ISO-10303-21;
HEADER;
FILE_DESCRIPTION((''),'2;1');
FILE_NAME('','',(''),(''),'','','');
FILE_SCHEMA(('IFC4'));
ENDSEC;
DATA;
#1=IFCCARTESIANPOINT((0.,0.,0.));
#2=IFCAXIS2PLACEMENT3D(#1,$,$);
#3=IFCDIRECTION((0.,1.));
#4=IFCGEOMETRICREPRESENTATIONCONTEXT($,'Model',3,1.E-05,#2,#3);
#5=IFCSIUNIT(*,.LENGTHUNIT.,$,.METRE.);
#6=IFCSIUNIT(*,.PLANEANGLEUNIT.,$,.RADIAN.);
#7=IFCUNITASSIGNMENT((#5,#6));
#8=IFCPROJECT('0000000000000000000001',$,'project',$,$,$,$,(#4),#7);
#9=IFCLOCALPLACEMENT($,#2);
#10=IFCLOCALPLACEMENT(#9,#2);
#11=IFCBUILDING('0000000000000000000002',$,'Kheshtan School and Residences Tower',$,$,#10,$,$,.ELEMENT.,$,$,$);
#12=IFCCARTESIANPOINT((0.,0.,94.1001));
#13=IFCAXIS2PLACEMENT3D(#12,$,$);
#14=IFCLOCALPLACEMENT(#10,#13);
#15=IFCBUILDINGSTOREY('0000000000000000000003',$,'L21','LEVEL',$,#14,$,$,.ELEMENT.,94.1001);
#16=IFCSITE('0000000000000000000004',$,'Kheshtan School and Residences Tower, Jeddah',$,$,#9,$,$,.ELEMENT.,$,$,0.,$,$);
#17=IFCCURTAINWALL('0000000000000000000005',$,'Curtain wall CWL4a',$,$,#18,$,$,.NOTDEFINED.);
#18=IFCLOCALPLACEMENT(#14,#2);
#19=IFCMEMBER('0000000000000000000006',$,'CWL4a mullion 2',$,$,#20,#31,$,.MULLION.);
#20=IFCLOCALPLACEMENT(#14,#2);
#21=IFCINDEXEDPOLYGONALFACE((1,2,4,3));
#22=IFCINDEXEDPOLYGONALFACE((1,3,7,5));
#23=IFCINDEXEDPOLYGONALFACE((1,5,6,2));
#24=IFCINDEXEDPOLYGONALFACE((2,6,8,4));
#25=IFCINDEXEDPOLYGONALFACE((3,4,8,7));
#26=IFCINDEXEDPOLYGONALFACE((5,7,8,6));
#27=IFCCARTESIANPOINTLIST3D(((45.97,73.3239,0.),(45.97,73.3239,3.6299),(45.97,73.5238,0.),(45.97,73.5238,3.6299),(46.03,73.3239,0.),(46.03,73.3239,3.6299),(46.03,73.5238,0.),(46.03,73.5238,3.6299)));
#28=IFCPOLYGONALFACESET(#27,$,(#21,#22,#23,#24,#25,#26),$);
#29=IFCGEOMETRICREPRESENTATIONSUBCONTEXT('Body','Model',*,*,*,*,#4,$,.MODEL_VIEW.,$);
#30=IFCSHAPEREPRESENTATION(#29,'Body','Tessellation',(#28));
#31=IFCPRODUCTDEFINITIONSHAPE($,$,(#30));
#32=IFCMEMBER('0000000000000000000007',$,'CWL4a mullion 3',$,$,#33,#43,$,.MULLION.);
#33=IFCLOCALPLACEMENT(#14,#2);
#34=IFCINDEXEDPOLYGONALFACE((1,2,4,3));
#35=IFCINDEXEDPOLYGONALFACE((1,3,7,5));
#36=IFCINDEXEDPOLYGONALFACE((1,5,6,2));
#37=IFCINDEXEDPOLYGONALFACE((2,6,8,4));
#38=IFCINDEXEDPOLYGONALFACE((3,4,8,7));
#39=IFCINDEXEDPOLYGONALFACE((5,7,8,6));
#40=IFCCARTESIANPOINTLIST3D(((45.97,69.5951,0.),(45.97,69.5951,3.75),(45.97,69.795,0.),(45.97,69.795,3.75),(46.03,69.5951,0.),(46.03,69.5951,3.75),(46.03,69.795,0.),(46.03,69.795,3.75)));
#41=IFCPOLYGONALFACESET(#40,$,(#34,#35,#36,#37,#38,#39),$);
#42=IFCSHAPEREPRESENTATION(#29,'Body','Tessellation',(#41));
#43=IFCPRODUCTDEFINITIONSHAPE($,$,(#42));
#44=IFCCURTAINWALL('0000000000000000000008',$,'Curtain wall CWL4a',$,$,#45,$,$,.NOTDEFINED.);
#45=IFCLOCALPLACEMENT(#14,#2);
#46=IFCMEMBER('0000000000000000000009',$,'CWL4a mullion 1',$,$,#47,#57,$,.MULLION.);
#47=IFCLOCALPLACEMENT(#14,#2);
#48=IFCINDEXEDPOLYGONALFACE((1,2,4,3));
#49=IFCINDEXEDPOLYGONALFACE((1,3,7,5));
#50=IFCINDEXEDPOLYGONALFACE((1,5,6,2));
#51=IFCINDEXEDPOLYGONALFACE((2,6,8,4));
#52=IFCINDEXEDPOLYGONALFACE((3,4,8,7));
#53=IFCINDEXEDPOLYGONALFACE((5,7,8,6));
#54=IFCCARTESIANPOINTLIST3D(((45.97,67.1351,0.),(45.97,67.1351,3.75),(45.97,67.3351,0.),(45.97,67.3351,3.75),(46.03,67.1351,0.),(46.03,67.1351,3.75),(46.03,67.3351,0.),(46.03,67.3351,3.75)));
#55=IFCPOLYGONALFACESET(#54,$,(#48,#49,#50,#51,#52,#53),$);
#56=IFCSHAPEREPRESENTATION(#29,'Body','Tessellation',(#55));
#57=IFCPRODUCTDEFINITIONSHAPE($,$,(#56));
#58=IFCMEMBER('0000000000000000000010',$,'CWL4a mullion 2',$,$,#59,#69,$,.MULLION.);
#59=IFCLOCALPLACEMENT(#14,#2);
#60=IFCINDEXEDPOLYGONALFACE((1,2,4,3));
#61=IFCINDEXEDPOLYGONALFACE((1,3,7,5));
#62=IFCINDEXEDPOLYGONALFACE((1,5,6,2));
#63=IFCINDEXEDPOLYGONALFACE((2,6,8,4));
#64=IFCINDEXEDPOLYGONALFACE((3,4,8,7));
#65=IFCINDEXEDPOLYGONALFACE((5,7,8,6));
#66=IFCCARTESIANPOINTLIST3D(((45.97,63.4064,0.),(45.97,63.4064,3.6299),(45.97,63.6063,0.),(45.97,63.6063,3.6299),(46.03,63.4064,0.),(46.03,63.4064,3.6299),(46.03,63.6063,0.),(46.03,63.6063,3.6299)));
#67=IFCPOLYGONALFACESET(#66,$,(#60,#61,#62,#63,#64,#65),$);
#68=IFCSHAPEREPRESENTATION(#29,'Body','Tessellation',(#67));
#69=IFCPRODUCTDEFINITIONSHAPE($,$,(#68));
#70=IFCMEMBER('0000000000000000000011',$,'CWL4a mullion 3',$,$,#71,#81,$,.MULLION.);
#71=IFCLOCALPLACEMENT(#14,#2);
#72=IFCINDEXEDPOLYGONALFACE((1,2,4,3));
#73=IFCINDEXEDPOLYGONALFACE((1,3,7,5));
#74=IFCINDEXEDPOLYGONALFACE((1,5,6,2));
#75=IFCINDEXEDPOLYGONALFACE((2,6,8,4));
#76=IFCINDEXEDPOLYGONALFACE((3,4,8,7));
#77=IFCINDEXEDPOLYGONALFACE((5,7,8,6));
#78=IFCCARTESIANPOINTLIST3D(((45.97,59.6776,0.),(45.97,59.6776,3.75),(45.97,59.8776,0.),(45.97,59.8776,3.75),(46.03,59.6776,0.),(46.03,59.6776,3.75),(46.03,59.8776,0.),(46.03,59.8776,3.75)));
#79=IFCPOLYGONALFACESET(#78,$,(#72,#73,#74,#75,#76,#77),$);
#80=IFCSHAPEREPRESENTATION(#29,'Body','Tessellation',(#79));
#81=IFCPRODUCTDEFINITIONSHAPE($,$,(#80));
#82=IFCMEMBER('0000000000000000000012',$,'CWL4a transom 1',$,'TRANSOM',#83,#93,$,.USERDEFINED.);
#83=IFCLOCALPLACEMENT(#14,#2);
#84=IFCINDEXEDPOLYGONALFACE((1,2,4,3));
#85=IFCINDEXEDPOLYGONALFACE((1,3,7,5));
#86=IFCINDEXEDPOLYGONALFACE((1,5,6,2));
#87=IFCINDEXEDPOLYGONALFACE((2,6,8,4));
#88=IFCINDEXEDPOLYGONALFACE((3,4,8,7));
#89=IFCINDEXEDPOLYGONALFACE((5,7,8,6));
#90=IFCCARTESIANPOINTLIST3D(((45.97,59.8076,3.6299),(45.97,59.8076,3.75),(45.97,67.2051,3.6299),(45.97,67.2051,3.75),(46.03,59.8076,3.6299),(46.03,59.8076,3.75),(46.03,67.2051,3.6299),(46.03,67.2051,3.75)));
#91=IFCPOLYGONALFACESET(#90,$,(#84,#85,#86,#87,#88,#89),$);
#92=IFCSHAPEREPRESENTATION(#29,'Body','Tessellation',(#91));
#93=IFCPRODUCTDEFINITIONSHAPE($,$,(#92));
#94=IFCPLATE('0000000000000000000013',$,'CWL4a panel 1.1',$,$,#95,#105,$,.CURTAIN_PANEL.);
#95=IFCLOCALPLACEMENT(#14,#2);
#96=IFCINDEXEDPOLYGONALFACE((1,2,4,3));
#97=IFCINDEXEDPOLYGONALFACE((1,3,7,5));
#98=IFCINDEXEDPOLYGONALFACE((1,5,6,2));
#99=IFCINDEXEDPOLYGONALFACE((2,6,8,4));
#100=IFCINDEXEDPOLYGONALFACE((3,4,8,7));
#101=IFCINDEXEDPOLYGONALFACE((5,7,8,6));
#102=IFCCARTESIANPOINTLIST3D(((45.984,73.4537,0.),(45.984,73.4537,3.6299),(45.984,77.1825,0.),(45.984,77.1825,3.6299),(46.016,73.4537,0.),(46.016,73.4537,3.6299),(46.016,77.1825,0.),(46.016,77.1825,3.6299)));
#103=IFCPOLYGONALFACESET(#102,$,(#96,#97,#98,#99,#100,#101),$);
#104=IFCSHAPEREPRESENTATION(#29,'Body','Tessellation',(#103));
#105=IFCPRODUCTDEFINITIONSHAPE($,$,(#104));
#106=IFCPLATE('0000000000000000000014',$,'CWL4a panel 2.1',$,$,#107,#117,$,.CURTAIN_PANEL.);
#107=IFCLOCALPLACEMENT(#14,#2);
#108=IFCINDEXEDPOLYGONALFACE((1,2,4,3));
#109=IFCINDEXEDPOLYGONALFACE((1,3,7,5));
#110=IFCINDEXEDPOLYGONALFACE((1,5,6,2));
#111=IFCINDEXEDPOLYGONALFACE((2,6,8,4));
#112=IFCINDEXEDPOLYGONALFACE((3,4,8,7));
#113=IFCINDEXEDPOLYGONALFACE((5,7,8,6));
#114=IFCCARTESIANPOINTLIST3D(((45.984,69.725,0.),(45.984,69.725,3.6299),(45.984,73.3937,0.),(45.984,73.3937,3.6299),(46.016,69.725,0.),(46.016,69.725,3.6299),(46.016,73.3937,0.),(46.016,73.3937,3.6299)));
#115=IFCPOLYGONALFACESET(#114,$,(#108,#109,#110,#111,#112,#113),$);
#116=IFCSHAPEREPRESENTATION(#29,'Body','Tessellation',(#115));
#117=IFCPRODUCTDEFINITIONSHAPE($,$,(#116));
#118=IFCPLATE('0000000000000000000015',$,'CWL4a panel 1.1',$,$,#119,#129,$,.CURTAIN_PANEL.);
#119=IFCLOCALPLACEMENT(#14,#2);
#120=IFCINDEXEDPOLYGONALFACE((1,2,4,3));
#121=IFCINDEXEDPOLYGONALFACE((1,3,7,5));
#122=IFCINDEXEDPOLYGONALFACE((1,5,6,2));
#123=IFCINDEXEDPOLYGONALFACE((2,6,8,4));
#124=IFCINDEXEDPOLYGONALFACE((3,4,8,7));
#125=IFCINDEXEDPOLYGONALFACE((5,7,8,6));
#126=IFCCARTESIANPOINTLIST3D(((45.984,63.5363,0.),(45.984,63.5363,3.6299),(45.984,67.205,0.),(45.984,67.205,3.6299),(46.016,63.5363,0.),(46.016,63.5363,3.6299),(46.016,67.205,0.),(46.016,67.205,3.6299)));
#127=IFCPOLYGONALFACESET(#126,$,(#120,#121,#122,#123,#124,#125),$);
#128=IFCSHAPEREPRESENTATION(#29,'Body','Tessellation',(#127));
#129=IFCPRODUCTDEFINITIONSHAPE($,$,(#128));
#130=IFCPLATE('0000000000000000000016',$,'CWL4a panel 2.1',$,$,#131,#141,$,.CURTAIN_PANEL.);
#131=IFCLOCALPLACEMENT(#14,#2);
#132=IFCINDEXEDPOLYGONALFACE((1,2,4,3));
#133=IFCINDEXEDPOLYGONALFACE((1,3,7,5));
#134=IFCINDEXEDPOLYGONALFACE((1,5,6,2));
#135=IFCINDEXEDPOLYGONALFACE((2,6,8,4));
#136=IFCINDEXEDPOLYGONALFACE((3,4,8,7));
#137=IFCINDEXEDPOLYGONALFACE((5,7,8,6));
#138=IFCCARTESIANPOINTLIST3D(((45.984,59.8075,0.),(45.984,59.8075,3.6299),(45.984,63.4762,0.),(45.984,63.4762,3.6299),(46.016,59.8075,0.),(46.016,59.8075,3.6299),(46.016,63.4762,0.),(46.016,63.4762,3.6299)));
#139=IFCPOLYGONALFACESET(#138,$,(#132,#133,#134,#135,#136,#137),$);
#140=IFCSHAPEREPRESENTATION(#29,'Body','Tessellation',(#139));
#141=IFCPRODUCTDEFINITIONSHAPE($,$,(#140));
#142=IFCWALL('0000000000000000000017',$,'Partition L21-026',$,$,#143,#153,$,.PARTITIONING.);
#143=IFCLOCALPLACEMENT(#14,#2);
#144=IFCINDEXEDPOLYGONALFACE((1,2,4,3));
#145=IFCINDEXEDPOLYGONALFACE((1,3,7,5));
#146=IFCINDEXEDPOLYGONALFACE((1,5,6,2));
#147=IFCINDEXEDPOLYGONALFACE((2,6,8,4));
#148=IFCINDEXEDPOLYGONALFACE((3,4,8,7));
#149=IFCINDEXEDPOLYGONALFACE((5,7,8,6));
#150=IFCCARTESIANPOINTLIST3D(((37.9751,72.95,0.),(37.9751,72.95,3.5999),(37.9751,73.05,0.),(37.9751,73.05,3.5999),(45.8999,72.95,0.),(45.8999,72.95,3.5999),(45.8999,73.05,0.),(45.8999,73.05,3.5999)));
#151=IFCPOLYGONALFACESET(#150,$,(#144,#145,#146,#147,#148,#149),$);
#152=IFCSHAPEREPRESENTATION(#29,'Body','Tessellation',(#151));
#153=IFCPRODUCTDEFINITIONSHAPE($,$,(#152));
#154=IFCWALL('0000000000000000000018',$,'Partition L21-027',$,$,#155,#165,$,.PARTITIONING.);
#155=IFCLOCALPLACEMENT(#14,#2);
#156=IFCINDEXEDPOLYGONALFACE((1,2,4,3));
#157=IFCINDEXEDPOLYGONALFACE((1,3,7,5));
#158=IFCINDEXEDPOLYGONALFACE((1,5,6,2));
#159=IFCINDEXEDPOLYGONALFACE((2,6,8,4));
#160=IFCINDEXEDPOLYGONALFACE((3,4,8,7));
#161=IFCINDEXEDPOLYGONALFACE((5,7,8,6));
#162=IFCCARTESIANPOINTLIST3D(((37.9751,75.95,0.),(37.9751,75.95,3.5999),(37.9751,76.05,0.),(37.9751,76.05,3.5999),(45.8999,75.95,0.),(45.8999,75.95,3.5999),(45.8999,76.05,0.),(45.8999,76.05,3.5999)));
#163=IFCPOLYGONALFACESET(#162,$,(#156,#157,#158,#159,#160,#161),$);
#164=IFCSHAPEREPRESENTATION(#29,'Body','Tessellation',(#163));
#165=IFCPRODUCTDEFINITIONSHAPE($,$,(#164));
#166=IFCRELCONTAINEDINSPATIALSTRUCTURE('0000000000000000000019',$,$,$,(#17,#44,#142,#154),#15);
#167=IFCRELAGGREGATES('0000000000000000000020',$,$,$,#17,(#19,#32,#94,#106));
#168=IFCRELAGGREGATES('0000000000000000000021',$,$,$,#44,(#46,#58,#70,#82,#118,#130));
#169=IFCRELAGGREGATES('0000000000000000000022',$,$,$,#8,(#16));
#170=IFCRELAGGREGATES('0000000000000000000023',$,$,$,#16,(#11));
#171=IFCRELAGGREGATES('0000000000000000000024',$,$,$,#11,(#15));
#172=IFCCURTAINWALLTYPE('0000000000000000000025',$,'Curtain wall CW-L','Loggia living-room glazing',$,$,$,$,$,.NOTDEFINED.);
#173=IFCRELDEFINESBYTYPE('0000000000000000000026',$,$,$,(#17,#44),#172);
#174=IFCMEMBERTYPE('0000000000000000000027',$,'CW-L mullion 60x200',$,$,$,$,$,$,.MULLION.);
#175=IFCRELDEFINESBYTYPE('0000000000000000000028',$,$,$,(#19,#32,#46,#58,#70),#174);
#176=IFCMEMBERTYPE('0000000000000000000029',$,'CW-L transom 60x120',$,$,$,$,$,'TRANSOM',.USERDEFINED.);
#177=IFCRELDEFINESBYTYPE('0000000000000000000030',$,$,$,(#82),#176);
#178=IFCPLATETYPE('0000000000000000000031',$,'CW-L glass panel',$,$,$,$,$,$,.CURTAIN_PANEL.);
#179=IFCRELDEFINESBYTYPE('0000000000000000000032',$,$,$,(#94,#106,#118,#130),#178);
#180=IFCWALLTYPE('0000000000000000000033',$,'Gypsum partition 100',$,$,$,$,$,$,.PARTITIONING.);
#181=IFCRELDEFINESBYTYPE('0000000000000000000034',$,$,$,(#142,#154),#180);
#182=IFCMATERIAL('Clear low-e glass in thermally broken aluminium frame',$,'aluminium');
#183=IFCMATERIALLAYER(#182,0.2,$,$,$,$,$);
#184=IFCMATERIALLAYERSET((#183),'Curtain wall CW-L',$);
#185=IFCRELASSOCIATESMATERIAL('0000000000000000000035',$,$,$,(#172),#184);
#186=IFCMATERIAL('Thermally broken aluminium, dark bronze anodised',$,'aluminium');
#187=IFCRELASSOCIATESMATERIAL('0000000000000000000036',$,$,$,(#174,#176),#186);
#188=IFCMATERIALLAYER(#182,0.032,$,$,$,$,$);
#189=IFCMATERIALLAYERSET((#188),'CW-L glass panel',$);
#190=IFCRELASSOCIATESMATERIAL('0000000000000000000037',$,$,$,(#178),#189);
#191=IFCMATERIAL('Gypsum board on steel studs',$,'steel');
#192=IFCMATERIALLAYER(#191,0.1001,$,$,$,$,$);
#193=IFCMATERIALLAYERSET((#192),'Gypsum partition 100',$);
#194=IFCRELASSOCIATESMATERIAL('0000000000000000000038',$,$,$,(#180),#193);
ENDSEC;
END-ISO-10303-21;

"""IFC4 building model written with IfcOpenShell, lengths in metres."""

from ifc_helpers import new_model, si_unit, direction, frame, frame_2d, origin, origin_2d, place, context, subcontext, project, spatial, rectangle, extrude, material, layer, layer_set, material_profile, profile_set, type_object, element, aggregate, save


model = new_model("IFC4")

# Units and contexts
model_context = context("Model", 3, precision=1e-05, world=origin(), true_north=direction((0.0, 1.0)))
body_context = subcontext(model_context, "Body", "Model", "MODEL_VIEW")
ifc_project = project(units=[si_unit("LENGTHUNIT", "METRE"), si_unit("PLANEANGLEUNIT", "RADIAN")], contexts=[model_context])

# Site, building, storey
site_placement = place(None, origin())
site = spatial("IfcSite", under=ifc_project, at=site_placement, Name="Kheshtan School and Residences Tower, Jeddah", CompositionType="ELEMENT", RefElevation=0.0)
building_placement = place(site_placement, origin())
building = spatial("IfcBuilding", under=site, at=building_placement, Name="Kheshtan School and Residences Tower", CompositionType="ELEMENT")
storey_placement = place(building_placement, frame((0.0, 0.0, 94.1001)))
storey = spatial("IfcBuildingStorey", under=building, at=storey_placement, Name="L21", Description="LEVEL", CompositionType="ELEMENT", Elevation=94.1001)

# Curtain walls, members
ifc_material_1 = material(Name="Clear low-e glass in thermally broken aluminium frame", Category="aluminium")
ifc_layer_1 = layer(ifc_material_1, 0.2)
ifc_layer_set_1 = layer_set([ifc_layer_1], Name="Curtain wall CW-L")
curtain_wall_type = type_object("IfcCurtainWallType", Name="Curtain wall CW-L", Description="Loggia living-room glazing", PredefinedType="NOTDEFINED", material=ifc_layer_set_1)
curtain_wall_1_placement = place(storey_placement, origin())
curtain_wall_1 = element("IfcCurtainWall", 1, at=curtain_wall_1_placement, inside=storey, type_object=curtain_wall_type, Name="Curtain wall CWL4a", PredefinedType="NOTDEFINED")
ifc_material_2 = material(Name="Thermally broken aluminium, dark bronze anodised", Category="aluminium")
ifc_material_profile_1 = material_profile(ifc_material_2, rectangle(XDim=0.0601, YDim=0.2, at=origin_2d()), Name="CW-L mullion 60x200")
ifc_profile_set_1 = profile_set([ifc_material_profile_1], Name="Thermally broken aluminium, dark bronze anodised")
member_type_1 = type_object("IfcMemberType", Name="CW-L mullion 60x200", PredefinedType="MULLION", material=ifc_profile_set_1)
member_1_placement = place(storey_placement, frame((46.0, 73.4238, 0.0), z_axis=(0.0, 0.0, 1.0), x_axis=(1.0, 0.0, 0.0)))
member_1 = element("IfcMember", 2, at=member_1_placement, type_object=member_type_1, Name="CWL4a mullion 2", PredefinedType="MULLION", context=body_context, shape_type="SweptSolid", body=[
    extrude(rectangle(XDim=0.0601, YDim=0.2, at=origin_2d()), origin(), (0.0, 0.0, 1.0), 3.6299),
])
member_2_placement = place(storey_placement, frame((46.0, 69.6951, 0.0), z_axis=(0.0, 0.0, 1.0), x_axis=(1.0, 0.0, 0.0)))
member_2 = element("IfcMember", 3, at=member_2_placement, type_object=member_type_1, Name="CWL4a mullion 3", PredefinedType="MULLION", context=body_context, shape_type="SweptSolid", body=[
    extrude(rectangle(XDim=0.0601, YDim=0.2, at=origin_2d()), origin(), (0.0, 0.0, 1.0), 3.75),
])
curtain_wall_2_placement = place(storey_placement, origin())
curtain_wall_2 = element("IfcCurtainWall", 4, at=curtain_wall_2_placement, inside=storey, type_object=curtain_wall_type, Name="Curtain wall CWL4a", PredefinedType="NOTDEFINED")
member_3_placement = place(storey_placement, frame((46.0, 67.2351, 0.0), z_axis=(0.0, 0.0, 1.0), x_axis=(1.0, 0.0, 0.0)))
member_3 = element("IfcMember", 5, at=member_3_placement, type_object=member_type_1, Name="CWL4a mullion 1", PredefinedType="MULLION", context=body_context, shape_type="SweptSolid", body=[
    extrude(rectangle(XDim=0.0601, YDim=0.2, at=origin_2d()), origin(), (0.0, 0.0, 1.0), 3.75),
])
member_4_placement = place(storey_placement, frame((46.0, 63.5063, 0.0), z_axis=(0.0, 0.0, 1.0), x_axis=(1.0, 0.0, 0.0)))
member_4 = element("IfcMember", 6, at=member_4_placement, type_object=member_type_1, Name="CWL4a mullion 2", PredefinedType="MULLION", context=body_context, shape_type="SweptSolid", body=[
    extrude(rectangle(XDim=0.0601, YDim=0.2, at=origin_2d()), origin(), (0.0, 0.0, 1.0), 3.6299),
])
member_5_placement = place(storey_placement, frame((46.0, 59.7776, 0.0), z_axis=(0.0, 0.0, 1.0), x_axis=(1.0, 0.0, 0.0)))
member_5 = element("IfcMember", 7, at=member_5_placement, type_object=member_type_1, Name="CWL4a mullion 3", PredefinedType="MULLION", context=body_context, shape_type="SweptSolid", body=[
    extrude(rectangle(XDim=0.0601, YDim=0.2, at=origin_2d()), origin(), (0.0, 0.0, 1.0), 3.75),
])
ifc_material_profile_2 = material_profile(ifc_material_2, rectangle(XDim=0.0601, YDim=0.1201, at=origin_2d()), Name="CW-L transom 60x120")
ifc_profile_set_2 = profile_set([ifc_material_profile_2], Name="Thermally broken aluminium, dark bronze anodised")
member_type_2 = type_object("IfcMemberType", Name="CW-L transom 60x120", ElementType="TRANSOM", PredefinedType="USERDEFINED", material=ifc_profile_set_2)
member_6_placement = place(storey_placement, frame((46.0, 67.2051, 3.6899), z_axis=(0.0, -1.0, 0.0), x_axis=(1.0, 0.0, 0.0)))
member_6 = element("IfcMember", 8, at=member_6_placement, type_object=member_type_2, Name="CWL4a transom 1", ObjectType="TRANSOM", PredefinedType="USERDEFINED", context=body_context, shape_type="SweptSolid", body=[
    extrude(rectangle(XDim=0.0601, YDim=0.1201, at=origin_2d()), origin(), (0.0, 0.0, 1.0), 7.3975),
])

# Plates
ifc_layer_2 = layer(ifc_material_1, 0.032)
ifc_layer_set_2 = layer_set([ifc_layer_2], Name="CW-L glass panel")
plate_type = type_object("IfcPlateType", Name="CW-L glass panel", PredefinedType="CURTAIN_PANEL", material=ifc_layer_set_2)
plate_1_placement = place(storey_placement, frame((46.0, 75.3181, 0.0), z_axis=(0.0, 0.0, 1.0), x_axis=(0.0, -1.0, 0.0)))
plate_1 = element("IfcPlate", 9, at=plate_1_placement, type_object=plate_type, Name="CWL4a panel 1.1", PredefinedType="CURTAIN_PANEL", context=body_context, shape_type="SweptSolid", body=[
    extrude(rectangle(XDim=3.7288, YDim=0.032, at=origin_2d()), origin(), (0.0, 0.0, 1.0), 3.6299),
])
plate_2_placement = place(storey_placement, frame((46.0, 71.5593, 0.0), z_axis=(0.0, 0.0, 1.0), x_axis=(0.0, -1.0, 0.0)))
plate_2 = element("IfcPlate", 10, at=plate_2_placement, type_object=plate_type, Name="CWL4a panel 2.1", PredefinedType="CURTAIN_PANEL", context=body_context, shape_type="SweptSolid", body=[
    extrude(rectangle(XDim=3.6687, YDim=0.032, at=origin_2d()), origin(), (0.0, 0.0, 1.0), 3.6299),
])
aggregate(curtain_wall_1, [member_1, member_2, plate_1, plate_2])
plate_3_placement = place(storey_placement, frame((46.0, 65.3706, 0.0), z_axis=(0.0, 0.0, 1.0), x_axis=(0.0, -1.0, 0.0)))
plate_3 = element("IfcPlate", 11, at=plate_3_placement, type_object=plate_type, Name="CWL4a panel 1.1", PredefinedType="CURTAIN_PANEL", context=body_context, shape_type="SweptSolid", body=[
    extrude(rectangle(XDim=3.6687, YDim=0.032, at=origin_2d()), origin(), (0.0, 0.0, 1.0), 3.6299),
])
plate_4_placement = place(storey_placement, frame((46.0, 61.6418, 0.0), z_axis=(0.0, 0.0, 1.0), x_axis=(0.0, -1.0, 0.0)))
plate_4 = element("IfcPlate", 12, at=plate_4_placement, type_object=plate_type, Name="CWL4a panel 2.1", PredefinedType="CURTAIN_PANEL", context=body_context, shape_type="SweptSolid", body=[
    extrude(rectangle(XDim=3.6687, YDim=0.032, at=origin_2d()), origin(), (0.0, 0.0, 1.0), 3.6299),
])
aggregate(curtain_wall_2, [member_3, member_4, member_5, member_6, plate_3, plate_4])

# Walls
ifc_material_3 = material(Name="Gypsum board on steel studs", Category="steel")
ifc_layer_3 = layer(ifc_material_3, 0.1001)
ifc_layer_set_3 = layer_set([ifc_layer_3], Name="Gypsum partition 100")
wall_type_1 = type_object("IfcWallType", Name="Gypsum partition 100", PredefinedType="PARTITIONING", material=ifc_layer_set_3)
for number, where, z_axis, x_axis, name in (
    (13, (37.9751, 73.0, 0.0), (0.0, 0.0, 1.0), (1.0, 0.0, 0.0), "Partition L21-026"),
    (14, (37.9751, 76.0, 0.0), (0.0, 0.0, 1.0), (1.0, 0.0, 0.0), "Partition L21-027"),
):
    element("IfcWall", number, at=place(storey_placement, frame(where, z_axis=z_axis, x_axis=x_axis)), inside=storey, type_object=wall_type_1, Name=name, PredefinedType="PARTITIONING", context=body_context, shape_type="SweptSolid", body=[
        extrude(rectangle(XDim=7.9248, YDim=0.1001, at=frame_2d((3.9624, 0.0))), origin(), (0.0, 0.0, 1.0), 3.5999),
    ])

save(model, "model.ifc")
